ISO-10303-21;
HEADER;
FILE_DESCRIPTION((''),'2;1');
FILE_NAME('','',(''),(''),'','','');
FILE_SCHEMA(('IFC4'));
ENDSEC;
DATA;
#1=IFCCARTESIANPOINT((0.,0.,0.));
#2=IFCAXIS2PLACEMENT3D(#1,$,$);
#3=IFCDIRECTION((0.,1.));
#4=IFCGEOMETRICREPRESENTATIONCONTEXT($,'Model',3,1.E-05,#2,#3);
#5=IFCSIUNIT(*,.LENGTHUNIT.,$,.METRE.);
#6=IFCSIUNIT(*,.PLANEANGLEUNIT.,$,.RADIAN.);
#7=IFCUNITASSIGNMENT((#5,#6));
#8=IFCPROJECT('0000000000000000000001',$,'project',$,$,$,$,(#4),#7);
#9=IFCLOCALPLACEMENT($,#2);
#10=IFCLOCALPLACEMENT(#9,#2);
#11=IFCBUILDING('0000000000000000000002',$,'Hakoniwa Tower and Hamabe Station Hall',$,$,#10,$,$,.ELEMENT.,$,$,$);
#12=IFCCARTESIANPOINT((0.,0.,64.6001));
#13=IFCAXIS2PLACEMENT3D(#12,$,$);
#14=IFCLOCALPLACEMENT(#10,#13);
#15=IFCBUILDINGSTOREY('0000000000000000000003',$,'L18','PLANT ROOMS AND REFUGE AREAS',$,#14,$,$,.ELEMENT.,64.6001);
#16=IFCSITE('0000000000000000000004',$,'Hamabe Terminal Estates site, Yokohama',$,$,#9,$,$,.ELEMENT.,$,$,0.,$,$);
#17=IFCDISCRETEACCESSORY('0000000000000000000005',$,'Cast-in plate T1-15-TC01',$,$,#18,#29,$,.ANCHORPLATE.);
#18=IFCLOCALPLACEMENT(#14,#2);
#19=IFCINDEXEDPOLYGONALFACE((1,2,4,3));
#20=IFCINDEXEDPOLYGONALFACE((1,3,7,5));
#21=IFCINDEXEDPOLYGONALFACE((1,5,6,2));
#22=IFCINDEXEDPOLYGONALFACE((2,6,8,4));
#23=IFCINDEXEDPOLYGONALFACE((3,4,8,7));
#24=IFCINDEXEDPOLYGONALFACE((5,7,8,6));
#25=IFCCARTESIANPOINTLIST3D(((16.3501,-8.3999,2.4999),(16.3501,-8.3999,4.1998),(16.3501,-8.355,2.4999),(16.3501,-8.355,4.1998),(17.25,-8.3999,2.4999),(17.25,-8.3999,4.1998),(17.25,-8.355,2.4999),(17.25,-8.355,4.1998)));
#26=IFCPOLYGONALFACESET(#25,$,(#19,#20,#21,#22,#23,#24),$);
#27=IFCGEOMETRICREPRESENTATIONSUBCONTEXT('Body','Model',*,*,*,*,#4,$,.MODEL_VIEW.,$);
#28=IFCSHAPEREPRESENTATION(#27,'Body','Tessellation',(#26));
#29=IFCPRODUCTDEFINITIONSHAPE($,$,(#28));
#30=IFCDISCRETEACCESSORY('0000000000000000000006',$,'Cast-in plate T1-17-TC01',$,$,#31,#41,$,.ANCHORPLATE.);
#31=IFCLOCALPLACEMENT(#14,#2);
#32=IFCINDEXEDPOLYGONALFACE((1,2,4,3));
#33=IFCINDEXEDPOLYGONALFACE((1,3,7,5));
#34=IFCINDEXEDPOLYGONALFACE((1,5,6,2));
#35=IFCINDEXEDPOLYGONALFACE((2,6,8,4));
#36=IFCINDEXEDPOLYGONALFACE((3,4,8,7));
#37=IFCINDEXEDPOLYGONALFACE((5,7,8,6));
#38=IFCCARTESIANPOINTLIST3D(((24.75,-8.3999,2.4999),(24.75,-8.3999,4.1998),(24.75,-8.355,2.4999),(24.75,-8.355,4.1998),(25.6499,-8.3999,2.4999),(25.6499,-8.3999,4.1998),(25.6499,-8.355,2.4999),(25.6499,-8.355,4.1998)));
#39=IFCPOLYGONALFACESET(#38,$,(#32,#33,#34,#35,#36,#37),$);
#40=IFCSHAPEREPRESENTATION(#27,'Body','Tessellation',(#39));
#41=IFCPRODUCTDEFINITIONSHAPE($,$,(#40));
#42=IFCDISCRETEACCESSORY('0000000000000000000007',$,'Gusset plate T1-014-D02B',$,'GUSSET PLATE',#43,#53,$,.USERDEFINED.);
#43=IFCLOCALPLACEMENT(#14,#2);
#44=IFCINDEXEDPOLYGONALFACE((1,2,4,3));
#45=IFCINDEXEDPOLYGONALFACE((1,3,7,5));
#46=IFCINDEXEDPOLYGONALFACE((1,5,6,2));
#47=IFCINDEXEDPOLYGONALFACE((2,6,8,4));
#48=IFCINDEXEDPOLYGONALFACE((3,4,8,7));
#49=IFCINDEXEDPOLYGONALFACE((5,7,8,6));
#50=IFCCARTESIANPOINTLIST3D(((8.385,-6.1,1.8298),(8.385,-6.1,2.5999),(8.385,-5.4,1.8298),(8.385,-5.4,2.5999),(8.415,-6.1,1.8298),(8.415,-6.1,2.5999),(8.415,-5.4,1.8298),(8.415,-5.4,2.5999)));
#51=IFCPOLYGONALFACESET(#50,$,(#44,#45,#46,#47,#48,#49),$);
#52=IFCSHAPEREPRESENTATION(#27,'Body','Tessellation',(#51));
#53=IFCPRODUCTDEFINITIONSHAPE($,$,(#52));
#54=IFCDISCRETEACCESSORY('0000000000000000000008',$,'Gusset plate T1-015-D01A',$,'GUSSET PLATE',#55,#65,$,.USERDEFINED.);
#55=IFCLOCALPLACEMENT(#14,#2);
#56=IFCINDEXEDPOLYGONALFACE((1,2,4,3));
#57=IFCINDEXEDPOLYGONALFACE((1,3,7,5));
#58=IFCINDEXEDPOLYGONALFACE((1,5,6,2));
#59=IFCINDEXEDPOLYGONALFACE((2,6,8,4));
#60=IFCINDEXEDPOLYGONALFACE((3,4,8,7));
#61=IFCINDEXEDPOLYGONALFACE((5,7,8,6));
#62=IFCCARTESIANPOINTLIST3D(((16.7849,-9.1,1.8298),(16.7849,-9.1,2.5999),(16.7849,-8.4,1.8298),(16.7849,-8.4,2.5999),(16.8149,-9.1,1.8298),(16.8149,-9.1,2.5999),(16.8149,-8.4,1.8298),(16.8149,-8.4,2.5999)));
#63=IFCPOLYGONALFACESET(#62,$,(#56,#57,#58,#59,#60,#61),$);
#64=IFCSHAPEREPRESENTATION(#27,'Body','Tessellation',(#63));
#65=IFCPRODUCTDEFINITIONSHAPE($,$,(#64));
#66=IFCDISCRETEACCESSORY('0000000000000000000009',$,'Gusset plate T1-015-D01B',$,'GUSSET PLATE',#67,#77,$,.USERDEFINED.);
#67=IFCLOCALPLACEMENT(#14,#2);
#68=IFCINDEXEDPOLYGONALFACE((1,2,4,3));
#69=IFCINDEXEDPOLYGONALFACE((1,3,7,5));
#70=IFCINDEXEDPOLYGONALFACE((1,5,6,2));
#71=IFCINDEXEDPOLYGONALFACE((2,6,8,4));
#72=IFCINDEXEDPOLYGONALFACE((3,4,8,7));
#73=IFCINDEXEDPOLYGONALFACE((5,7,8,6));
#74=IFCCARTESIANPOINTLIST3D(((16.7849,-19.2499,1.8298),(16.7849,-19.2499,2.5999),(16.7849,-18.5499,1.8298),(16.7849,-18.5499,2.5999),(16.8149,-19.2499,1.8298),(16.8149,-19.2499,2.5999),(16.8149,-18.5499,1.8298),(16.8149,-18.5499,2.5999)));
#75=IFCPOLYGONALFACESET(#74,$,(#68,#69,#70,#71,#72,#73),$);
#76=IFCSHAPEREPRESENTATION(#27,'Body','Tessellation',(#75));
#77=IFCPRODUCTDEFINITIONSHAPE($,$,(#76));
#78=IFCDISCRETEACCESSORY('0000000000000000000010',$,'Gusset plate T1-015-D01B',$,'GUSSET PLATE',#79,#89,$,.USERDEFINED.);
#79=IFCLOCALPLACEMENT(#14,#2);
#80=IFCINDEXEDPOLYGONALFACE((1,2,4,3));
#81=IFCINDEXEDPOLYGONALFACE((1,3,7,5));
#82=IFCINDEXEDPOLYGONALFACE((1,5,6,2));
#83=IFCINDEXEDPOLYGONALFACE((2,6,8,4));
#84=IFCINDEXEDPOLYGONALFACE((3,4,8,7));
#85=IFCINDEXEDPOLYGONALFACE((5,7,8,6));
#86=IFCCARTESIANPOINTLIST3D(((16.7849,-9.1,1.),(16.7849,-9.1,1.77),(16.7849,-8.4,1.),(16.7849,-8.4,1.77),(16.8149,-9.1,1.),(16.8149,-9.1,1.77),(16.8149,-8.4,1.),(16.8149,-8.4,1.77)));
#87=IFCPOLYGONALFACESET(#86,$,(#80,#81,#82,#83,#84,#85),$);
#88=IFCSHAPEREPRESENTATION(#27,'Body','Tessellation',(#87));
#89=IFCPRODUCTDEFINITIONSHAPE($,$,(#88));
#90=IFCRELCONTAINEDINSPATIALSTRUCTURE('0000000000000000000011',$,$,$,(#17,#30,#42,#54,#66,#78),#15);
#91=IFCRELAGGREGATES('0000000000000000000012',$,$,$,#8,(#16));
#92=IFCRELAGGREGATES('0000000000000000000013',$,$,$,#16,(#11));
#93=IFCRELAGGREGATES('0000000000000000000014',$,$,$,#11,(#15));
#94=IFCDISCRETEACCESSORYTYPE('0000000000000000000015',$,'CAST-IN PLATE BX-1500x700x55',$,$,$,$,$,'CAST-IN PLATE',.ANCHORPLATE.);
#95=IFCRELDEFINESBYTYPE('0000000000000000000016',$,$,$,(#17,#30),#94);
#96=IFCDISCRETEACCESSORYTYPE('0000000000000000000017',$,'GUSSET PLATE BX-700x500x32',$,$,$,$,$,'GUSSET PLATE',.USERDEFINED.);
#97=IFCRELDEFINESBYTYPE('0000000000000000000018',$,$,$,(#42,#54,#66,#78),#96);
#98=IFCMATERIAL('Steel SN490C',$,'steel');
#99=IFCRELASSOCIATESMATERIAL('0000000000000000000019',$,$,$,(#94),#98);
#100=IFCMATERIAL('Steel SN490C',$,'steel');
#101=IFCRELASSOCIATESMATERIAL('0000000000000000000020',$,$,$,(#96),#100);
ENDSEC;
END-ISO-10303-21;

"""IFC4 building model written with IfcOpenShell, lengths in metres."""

from ifc_helpers import new_model, si_unit, direction, frame, origin, origin_2d, place, context, subcontext, project, spatial, rectangle, extrude, material, material_profile, profile_set, type_object, element, save


model = new_model("IFC4")

# Units and contexts
model_context = context("Model", 3, precision=1e-05, world=origin(), true_north=direction((0.0, 1.0)))
body_context = subcontext(model_context, "Body", "Model", "MODEL_VIEW")
ifc_project = project(units=[si_unit("LENGTHUNIT", "METRE"), si_unit("PLANEANGLEUNIT", "RADIAN")], contexts=[model_context])

# Site, building, storey
site_placement = place(None, origin())
site = spatial("IfcSite", under=ifc_project, at=site_placement, Name="Hamabe Terminal Estates site, Yokohama", CompositionType="ELEMENT", RefElevation=0.0)
building_placement = place(site_placement, origin())
building = spatial("IfcBuilding", under=site, at=building_placement, Name="Hakoniwa Tower and Hamabe Station Hall", CompositionType="ELEMENT")
storey_placement = place(building_placement, frame((0.0, 0.0, 64.6001)))
storey = spatial("IfcBuildingStorey", under=building, at=storey_placement, Name="L18", Description="PLANT ROOMS AND REFUGE AREAS", CompositionType="ELEMENT", Elevation=64.6001)

# Discrete accessories
ifc_material_1 = material(Name="Steel SN490C", Category="steel")
ifc_material_profile_1 = material_profile(ifc_material_1, rectangle(XDim=0.8999, YDim=1.7, at=origin_2d()), Name="CAST-IN PLATE BX-1500x700x55")
ifc_profile_set_1 = profile_set([ifc_material_profile_1], Name="Steel SN490C")
discrete_accessory_type_1 = type_object("IfcDiscreteAccessoryType", Name="CAST-IN PLATE BX-1500x700x55", ElementType="CAST-IN PLATE", PredefinedType="ANCHORPLATE", material=ifc_profile_set_1)
for number, where, z_axis, x_axis, name in (
    (1, (16.8, -8.355, 3.3499), (0.0, -1.0, 0.0), (1.0, 0.0, 0.0), "Cast-in plate T1-15-TC01"),
    (2, (25.2, -8.355, 3.3499), (0.0, -1.0, 0.0), (1.0, 0.0, 0.0), "Cast-in plate T1-17-TC01"),
):
    element("IfcDiscreteAccessory", number, at=place(storey_placement, frame(where, z_axis=z_axis, x_axis=x_axis)), inside=storey, type_object=discrete_accessory_type_1, Name=name, PredefinedType="ANCHORPLATE", context=body_context, shape_type="SweptSolid", body=[
        extrude(rectangle(XDim=0.8999, YDim=1.7, at=origin_2d()), origin(), (0.0, 0.0, 1.0), 0.0449),
    ])
ifc_material_2 = material(Name="Steel SN490C", Category="steel")
ifc_material_profile_2 = material_profile(ifc_material_2, rectangle(XDim=0.7, YDim=0.77, at=origin_2d()), Name="GUSSET PLATE BX-700x500x32")
ifc_profile_set_2 = profile_set([ifc_material_profile_2], Name="Steel SN490C")
discrete_accessory_type_2 = type_object("IfcDiscreteAccessoryType", Name="GUSSET PLATE BX-700x500x32", ElementType="GUSSET PLATE", PredefinedType="USERDEFINED", material=ifc_profile_set_2)
for number, where, z_axis, x_axis, name in (
    (3, (8.415, -5.75, 2.2148), (-1.0, 0.0, 0.0), (0.0, -1.0, 0.0), "Gusset plate T1-014-D02B"),
    (4, (16.8149, -8.75, 2.2148), (-1.0, 0.0, 0.0), (0.0, -1.0, 0.0), "Gusset plate T1-015-D01A"),
    (5, (16.8149, -18.8999, 2.2148), (-1.0, 0.0, 0.0), (0.0, -1.0, 0.0), "Gusset plate T1-015-D01B"),
    (6, (16.8149, -8.75, 1.385), (-1.0, 0.0, 0.0), (0.0, -1.0, 0.0), "Gusset plate T1-015-D01B"),
):
    element("IfcDiscreteAccessory", number, at=place(storey_placement, frame(where, z_axis=z_axis, x_axis=x_axis)), inside=storey, type_object=discrete_accessory_type_2, Name=name, ObjectType="GUSSET PLATE", PredefinedType="USERDEFINED", context=body_context, shape_type="SweptSolid", body=[
        extrude(rectangle(XDim=0.7, YDim=0.77, at=origin_2d()), origin(), (0.0, 0.0, 1.0), 0.03),
    ])

save(model, "model.ifc")
